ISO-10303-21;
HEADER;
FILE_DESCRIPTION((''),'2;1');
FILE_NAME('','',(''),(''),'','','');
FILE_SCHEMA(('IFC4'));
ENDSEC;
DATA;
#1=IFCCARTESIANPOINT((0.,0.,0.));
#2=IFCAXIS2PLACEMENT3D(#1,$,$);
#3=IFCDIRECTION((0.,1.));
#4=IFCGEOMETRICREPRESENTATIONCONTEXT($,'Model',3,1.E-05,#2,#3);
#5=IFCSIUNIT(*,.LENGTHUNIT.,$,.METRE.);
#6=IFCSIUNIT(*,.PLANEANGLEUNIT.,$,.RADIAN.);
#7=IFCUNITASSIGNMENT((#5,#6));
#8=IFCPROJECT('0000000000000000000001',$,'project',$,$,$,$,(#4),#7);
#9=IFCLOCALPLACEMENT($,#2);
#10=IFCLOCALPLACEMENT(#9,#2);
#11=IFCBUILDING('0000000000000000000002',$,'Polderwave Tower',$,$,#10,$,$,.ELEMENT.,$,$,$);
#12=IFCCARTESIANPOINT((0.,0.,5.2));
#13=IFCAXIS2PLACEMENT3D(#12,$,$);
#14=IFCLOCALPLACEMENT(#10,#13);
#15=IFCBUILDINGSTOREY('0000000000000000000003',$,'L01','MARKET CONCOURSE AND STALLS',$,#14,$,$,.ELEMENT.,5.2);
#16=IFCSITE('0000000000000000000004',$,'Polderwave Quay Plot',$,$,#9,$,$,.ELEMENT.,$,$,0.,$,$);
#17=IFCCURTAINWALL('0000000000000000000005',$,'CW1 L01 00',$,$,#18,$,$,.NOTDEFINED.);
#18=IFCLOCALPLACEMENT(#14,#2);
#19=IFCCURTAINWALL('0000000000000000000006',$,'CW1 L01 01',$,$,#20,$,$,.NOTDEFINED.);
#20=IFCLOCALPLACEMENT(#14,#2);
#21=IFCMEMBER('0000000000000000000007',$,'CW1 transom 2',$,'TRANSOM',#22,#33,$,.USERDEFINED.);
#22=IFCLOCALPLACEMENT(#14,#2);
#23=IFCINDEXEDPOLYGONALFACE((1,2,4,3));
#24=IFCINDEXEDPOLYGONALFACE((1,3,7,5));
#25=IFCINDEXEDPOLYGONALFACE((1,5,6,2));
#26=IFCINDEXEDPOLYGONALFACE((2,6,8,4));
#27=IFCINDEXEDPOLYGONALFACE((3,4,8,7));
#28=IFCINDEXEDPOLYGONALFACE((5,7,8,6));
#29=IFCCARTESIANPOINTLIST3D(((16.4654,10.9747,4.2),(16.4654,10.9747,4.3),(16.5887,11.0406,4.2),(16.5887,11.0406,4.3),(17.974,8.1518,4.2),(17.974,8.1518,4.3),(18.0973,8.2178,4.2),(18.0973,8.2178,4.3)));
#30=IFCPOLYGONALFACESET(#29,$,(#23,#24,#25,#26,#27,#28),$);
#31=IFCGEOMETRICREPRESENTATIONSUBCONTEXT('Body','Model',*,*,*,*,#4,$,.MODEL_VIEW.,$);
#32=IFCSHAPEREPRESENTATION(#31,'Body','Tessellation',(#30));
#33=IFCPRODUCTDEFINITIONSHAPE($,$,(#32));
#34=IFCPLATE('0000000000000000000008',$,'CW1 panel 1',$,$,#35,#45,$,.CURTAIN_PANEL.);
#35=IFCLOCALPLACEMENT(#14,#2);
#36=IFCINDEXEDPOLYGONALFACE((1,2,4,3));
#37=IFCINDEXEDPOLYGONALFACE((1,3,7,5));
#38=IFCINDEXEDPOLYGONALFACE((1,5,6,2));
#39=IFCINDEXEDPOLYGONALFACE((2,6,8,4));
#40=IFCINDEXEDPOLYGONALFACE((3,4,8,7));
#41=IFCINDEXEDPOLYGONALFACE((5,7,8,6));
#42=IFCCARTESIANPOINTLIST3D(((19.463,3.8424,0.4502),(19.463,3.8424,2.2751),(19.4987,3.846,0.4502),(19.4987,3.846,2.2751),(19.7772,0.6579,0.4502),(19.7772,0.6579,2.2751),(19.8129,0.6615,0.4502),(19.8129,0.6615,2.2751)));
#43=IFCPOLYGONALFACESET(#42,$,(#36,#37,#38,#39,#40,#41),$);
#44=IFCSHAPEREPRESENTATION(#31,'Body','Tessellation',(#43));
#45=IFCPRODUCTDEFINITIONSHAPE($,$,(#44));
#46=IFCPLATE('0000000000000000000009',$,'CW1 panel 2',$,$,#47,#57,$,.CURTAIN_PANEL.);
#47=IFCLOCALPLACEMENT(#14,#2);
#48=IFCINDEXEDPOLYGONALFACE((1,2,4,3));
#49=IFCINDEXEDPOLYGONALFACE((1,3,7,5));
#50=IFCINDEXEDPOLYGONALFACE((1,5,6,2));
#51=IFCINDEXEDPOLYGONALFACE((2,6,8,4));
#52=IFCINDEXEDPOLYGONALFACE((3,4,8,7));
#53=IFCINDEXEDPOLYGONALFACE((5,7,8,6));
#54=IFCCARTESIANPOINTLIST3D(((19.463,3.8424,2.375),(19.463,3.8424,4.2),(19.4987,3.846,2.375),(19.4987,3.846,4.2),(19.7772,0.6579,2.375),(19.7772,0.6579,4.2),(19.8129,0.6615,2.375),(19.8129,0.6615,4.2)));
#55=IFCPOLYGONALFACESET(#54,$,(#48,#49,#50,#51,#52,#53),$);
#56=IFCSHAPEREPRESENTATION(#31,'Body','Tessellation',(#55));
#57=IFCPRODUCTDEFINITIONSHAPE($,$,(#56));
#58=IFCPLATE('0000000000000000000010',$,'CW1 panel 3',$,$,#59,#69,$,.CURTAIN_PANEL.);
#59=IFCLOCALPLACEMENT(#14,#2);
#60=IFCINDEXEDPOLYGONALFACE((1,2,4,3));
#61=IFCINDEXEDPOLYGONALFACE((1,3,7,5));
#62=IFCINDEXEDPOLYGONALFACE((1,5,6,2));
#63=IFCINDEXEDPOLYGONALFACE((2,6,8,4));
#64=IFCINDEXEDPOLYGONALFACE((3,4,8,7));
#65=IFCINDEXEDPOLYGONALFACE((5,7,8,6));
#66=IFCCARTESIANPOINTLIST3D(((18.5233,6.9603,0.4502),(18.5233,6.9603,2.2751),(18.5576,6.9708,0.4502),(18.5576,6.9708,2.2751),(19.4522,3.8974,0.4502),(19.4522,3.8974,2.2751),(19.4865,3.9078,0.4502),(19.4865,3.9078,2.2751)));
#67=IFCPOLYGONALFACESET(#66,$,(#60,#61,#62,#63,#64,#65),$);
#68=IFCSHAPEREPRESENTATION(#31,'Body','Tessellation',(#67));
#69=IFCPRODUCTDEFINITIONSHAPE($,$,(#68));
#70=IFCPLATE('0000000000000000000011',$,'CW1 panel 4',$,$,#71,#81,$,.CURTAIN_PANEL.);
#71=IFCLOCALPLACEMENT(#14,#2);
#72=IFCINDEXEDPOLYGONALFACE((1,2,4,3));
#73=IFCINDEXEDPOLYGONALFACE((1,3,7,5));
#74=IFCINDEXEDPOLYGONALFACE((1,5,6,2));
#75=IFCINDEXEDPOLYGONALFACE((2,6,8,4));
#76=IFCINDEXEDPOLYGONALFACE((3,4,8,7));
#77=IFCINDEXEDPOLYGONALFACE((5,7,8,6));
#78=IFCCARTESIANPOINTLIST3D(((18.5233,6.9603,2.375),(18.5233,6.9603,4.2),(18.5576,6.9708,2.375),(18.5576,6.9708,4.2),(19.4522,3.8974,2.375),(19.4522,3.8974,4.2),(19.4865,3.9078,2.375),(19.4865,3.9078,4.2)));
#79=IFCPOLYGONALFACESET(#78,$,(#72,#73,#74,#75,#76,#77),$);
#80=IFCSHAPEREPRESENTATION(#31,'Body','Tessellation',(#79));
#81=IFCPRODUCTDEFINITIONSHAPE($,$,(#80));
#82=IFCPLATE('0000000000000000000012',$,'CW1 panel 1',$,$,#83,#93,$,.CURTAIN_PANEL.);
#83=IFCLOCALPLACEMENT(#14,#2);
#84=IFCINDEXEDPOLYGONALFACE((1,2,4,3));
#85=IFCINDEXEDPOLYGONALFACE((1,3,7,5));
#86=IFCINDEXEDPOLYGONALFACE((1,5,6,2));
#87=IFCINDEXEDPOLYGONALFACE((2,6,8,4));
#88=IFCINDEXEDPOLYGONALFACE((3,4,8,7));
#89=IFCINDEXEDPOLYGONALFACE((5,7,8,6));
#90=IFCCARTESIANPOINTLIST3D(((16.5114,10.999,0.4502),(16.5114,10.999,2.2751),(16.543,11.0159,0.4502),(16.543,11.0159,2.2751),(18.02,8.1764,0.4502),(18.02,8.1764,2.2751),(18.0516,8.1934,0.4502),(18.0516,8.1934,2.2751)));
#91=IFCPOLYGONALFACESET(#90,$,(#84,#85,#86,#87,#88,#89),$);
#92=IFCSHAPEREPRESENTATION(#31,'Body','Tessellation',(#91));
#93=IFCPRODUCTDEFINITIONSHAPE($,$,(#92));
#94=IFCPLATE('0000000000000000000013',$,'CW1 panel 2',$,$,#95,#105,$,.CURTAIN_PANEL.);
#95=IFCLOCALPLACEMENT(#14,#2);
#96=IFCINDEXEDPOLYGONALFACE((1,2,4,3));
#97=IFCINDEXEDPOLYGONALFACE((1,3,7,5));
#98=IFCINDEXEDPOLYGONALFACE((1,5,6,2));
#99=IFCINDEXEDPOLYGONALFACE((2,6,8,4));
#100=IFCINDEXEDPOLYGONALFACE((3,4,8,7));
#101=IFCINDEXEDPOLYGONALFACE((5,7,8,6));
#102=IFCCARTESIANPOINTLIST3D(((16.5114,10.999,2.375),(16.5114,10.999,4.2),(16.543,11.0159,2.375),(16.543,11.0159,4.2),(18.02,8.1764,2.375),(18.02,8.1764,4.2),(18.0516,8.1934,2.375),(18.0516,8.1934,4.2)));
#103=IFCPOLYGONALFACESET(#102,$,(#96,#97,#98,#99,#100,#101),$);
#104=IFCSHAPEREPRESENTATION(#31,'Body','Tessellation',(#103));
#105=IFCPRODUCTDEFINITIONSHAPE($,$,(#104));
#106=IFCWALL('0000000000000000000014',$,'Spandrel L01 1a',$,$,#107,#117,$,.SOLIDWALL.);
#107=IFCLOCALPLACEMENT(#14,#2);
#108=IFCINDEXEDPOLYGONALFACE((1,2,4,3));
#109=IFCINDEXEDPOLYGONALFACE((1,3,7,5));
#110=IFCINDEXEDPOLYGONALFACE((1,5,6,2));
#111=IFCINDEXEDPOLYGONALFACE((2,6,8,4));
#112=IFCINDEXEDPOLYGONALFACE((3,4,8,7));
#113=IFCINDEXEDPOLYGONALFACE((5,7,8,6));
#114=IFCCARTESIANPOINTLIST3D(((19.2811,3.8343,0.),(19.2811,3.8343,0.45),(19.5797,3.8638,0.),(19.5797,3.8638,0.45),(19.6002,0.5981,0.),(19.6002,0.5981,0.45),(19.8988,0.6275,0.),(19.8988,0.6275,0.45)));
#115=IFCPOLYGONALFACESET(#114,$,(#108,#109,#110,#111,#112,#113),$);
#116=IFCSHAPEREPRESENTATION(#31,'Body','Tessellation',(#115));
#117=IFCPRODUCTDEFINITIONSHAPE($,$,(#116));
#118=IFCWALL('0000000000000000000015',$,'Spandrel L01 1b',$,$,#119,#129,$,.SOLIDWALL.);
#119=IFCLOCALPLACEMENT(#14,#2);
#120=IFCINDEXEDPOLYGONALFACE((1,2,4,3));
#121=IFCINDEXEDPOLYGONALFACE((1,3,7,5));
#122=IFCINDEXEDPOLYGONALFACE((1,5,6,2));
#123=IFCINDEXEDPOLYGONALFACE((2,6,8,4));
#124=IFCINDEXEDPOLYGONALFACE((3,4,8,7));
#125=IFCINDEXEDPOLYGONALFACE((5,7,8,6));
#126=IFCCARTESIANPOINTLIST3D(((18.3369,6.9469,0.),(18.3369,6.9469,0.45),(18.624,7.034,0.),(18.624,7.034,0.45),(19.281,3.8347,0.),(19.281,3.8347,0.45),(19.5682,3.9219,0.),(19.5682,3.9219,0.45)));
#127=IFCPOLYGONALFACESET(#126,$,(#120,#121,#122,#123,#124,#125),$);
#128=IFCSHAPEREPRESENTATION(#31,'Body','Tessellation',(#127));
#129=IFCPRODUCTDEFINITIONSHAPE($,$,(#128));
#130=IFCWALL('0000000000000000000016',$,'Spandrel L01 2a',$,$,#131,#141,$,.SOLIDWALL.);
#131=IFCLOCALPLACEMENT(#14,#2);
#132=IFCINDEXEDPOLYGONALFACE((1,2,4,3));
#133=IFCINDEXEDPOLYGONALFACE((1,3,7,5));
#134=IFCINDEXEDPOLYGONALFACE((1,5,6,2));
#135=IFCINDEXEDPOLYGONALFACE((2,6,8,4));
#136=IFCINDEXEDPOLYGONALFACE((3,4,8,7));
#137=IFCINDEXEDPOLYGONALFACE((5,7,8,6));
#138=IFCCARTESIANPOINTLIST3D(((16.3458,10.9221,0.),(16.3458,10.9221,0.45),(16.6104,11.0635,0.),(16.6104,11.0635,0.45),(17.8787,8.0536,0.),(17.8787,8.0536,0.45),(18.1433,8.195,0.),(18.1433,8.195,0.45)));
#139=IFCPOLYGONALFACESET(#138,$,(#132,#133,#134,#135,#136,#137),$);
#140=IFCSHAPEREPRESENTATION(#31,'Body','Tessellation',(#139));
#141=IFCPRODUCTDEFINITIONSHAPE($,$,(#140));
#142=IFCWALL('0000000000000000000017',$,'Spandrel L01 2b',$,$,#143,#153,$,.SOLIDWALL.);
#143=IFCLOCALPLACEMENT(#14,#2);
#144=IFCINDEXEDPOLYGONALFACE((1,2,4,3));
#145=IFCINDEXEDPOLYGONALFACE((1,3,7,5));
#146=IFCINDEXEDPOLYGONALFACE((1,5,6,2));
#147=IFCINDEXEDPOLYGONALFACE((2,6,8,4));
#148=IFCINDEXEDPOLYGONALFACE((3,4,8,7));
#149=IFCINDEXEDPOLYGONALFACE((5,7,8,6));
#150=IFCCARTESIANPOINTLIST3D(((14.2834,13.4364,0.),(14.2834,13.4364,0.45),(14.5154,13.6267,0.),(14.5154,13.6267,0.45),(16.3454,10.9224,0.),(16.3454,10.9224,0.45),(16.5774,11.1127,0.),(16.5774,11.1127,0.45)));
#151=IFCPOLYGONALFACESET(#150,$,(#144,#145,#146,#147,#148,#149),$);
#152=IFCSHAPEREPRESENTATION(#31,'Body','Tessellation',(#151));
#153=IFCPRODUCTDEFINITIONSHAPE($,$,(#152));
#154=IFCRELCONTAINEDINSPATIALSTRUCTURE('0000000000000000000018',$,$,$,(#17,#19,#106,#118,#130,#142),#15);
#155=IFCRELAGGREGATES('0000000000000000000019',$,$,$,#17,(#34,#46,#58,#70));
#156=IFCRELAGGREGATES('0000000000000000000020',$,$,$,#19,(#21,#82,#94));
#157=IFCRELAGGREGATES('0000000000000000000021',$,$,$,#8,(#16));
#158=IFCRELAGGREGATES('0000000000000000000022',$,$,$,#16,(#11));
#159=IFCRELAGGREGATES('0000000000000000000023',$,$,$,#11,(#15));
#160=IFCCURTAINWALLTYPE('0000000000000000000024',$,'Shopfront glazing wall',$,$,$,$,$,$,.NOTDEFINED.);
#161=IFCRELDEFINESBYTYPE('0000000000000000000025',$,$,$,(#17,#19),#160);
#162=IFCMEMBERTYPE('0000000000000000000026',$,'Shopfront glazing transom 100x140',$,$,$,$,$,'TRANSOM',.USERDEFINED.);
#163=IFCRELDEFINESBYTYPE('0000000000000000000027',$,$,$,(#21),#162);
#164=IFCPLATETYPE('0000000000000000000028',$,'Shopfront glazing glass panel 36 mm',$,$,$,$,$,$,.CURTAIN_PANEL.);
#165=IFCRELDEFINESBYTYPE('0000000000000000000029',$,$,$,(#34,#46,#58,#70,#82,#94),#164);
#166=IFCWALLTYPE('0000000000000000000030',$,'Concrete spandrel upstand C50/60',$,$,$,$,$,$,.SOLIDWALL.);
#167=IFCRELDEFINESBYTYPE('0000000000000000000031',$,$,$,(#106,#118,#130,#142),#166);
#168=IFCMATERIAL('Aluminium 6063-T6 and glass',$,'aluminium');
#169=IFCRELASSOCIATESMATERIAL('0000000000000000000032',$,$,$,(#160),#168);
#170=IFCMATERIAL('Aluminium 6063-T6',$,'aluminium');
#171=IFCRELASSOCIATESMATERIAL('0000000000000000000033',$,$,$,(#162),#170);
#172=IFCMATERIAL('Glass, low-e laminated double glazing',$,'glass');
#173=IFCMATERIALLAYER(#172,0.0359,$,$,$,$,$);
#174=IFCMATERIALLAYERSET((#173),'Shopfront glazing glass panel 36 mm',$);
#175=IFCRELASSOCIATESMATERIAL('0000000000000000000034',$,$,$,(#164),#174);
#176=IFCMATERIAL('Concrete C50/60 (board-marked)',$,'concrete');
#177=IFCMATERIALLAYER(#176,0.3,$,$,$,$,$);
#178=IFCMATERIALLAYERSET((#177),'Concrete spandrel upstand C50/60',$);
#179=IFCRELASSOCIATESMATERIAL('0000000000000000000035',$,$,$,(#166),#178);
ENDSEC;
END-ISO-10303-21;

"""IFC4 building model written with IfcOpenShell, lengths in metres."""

from ifc_helpers import new_model, si_unit, direction, frame, frame_2d, origin, origin_2d, place, context, subcontext, project, spatial, rectangle, extrude, material, layer, layer_set, material_profile, profile_set, type_object, element, aggregate, save


model = new_model("IFC4")

# Units and contexts
model_context = context("Model", 3, precision=1e-05, world=origin(), true_north=direction((0.0, 1.0)))
body_context = subcontext(model_context, "Body", "Model", "MODEL_VIEW")
ifc_project = project(units=[si_unit("LENGTHUNIT", "METRE"), si_unit("PLANEANGLEUNIT", "RADIAN")], contexts=[model_context])

# Site, building, storey
site_placement = place(None, origin())
site = spatial("IfcSite", under=ifc_project, at=site_placement, Name="Polderwave Quay Plot", CompositionType="ELEMENT", RefElevation=0.0)
building_placement = place(site_placement, origin())
building = spatial("IfcBuilding", under=site, at=building_placement, Name="Polderwave Tower", CompositionType="ELEMENT")
storey_placement = place(building_placement, frame((0.0, 0.0, 5.2)))
storey = spatial("IfcBuildingStorey", under=building, at=storey_placement, Name="L01", Description="MARKET CONCOURSE AND STALLS", CompositionType="ELEMENT", Elevation=5.2)

# Curtain wall
ifc_material_1 = material(Name="Aluminium 6063-T6 and glass", Category="aluminium")
curtain_wall_type = type_object("IfcCurtainWallType", Name="Shopfront glazing wall", PredefinedType="NOTDEFINED", material=ifc_material_1)
curtain_wall_1_placement = place(storey_placement, origin())
curtain_wall_1 = element("IfcCurtainWall", 1, at=curtain_wall_1_placement, inside=storey, type_object=curtain_wall_type, Name="CW1 L01 00", PredefinedType="NOTDEFINED")
ifc_material_2 = material(Name="Aluminium 6063-T6", Category="aluminium")

# Curtain wall
curtain_wall_2_placement = place(storey_placement, origin())
curtain_wall_2 = element("IfcCurtainWall", 2, at=curtain_wall_2_placement, inside=storey, type_object=curtain_wall_type, Name="CW1 L01 01", PredefinedType="NOTDEFINED")

# Member
ifc_material_profile_1 = material_profile(ifc_material_2, rectangle(XDim=0.1399, YDim=0.1001, at=origin_2d()), Name="AL 100x140")
ifc_profile_set_1 = profile_set([ifc_material_profile_1], Name="Aluminium 6063-T6")
member_type_1 = type_object("IfcMemberType", Name="Shopfront glazing transom 100x140", ElementType="TRANSOM", PredefinedType="USERDEFINED", material=ifc_profile_set_1)
member_1_placement = place(storey_placement, frame((18.0356, 8.1848, 4.25), z_axis=(-0.471336, 0.881954, 0.0), x_axis=(-0.881954, -0.471336, 0.0)))
member_1 = element("IfcMember", 3, at=member_1_placement, type_object=member_type_1, Name="CW1 transom 2", ObjectType="TRANSOM", PredefinedType="USERDEFINED", context=body_context, shape_type="SweptSolid", body=[
    extrude(rectangle(XDim=0.1399, YDim=0.1001, at=origin_2d()), origin(), (0.0, 0.0, 1.0), 3.2007),
])

# Plates
ifc_material_3 = material(Name="Glass, low-e laminated double glazing", Category="glass")
ifc_layer_1 = layer(ifc_material_3, 0.0359)
ifc_layer_set_1 = layer_set([ifc_layer_1], Name="Shopfront glazing glass panel 36 mm")
plate_type = type_object("IfcPlateType", Name="Shopfront glazing glass panel 36 mm", PredefinedType="CURTAIN_PANEL", material=ifc_layer_set_1)
plate_1_placement = place(storey_placement, frame((19.6379, 2.252, 0.4502), z_axis=(0.0, 0.0, 1.0), x_axis=(-0.098179, 0.995169, 0.0)))
plate_1 = element("IfcPlate", 4, at=plate_1_placement, type_object=plate_type, Name="CW1 panel 1", PredefinedType="CURTAIN_PANEL", context=body_context, shape_type="SweptSolid", body=[
    extrude(rectangle(XDim=3.2, YDim=0.0359, at=origin_2d()), origin(), (0.0, 0.0, 1.0), 1.825),
])
plate_2_placement = place(storey_placement, frame((19.6379, 2.252, 2.375), z_axis=(0.0, 0.0, 1.0), x_axis=(-0.098179, 0.995169, 0.0)))
plate_2 = element("IfcPlate", 5, at=plate_2_placement, type_object=plate_type, Name="CW1 panel 2", PredefinedType="CURTAIN_PANEL", context=body_context, shape_type="SweptSolid", body=[
    extrude(rectangle(XDim=3.2, YDim=0.0359, at=origin_2d()), origin(), (0.0, 0.0, 1.0), 1.825),
])
plate_3_placement = place(storey_placement, frame((19.0049, 5.4341, 0.4502), z_axis=(0.0, 0.0, 1.0), x_axis=(-0.290218, 0.956961, 0.0)))
plate_3 = element("IfcPlate", 6, at=plate_3_placement, type_object=plate_type, Name="CW1 panel 3", PredefinedType="CURTAIN_PANEL", context=body_context, shape_type="SweptSolid", body=[
    extrude(rectangle(XDim=3.2007, YDim=0.0359, at=origin_2d()), origin(), (0.0, 0.0, 1.0), 1.825),
])
plate_4_placement = place(storey_placement, frame((19.0049, 5.4341, 2.375), z_axis=(0.0, 0.0, 1.0), x_axis=(-0.290218, 0.956961, 0.0)))
plate_4 = element("IfcPlate", 7, at=plate_4_placement, type_object=plate_type, Name="CW1 panel 4", PredefinedType="CURTAIN_PANEL", context=body_context, shape_type="SweptSolid", body=[
    extrude(rectangle(XDim=3.2007, YDim=0.0359, at=origin_2d()), origin(), (0.0, 0.0, 1.0), 1.825),
])
aggregate(curtain_wall_1, [plate_1, plate_2, plate_3, plate_4])
plate_5_placement = place(storey_placement, frame((17.2815, 9.5962, 0.4502), z_axis=(0.0, 0.0, 1.0), x_axis=(-0.471361, 0.88194, 0.0)))
plate_5 = element("IfcPlate", 8, at=plate_5_placement, type_object=plate_type, Name="CW1 panel 1", PredefinedType="CURTAIN_PANEL", context=body_context, shape_type="SweptSolid", body=[
    extrude(rectangle(XDim=3.2004, YDim=0.0359, at=origin_2d()), origin(), (0.0, 0.0, 1.0), 1.825),
])
plate_6_placement = place(storey_placement, frame((17.2815, 9.5962, 2.375), z_axis=(0.0, 0.0, 1.0), x_axis=(-0.471361, 0.88194, 0.0)))
plate_6 = element("IfcPlate", 9, at=plate_6_placement, type_object=plate_type, Name="CW1 panel 2", PredefinedType="CURTAIN_PANEL", context=body_context, shape_type="SweptSolid", body=[
    extrude(rectangle(XDim=3.2004, YDim=0.0359, at=origin_2d()), origin(), (0.0, 0.0, 1.0), 1.825),
])
aggregate(curtain_wall_2, [member_1, plate_5, plate_6])

# Walls
ifc_material_4 = material(Name="Concrete C50/60 (board-marked)", Category="concrete")
ifc_layer_2 = layer(ifc_material_4, 0.3)
ifc_layer_set_2 = layer_set([ifc_layer_2], Name="Concrete spandrel upstand C50/60")
wall_type = type_object("IfcWallType", Name="Concrete spandrel upstand C50/60", PredefinedType="SOLIDWALL", material=ifc_layer_set_2)
wall_1_placement = place(storey_placement, frame((19.7495, 0.6128, 0.0), z_axis=(0.0, 0.0, 1.0), x_axis=(-0.098121, 0.995174, 0.0)))
element("IfcWall", 10, at=wall_1_placement, inside=storey, type_object=wall_type, Name="Spandrel L01 1a", PredefinedType="SOLIDWALL", context=body_context, shape_type="SweptSolid", body=[
    extrude(rectangle(XDim=3.252, YDim=0.3, at=frame_2d((1.626, 0.0))), origin(), (0.0, 0.0, 1.0), 0.45),
])
wall_2_placement = place(storey_placement, frame((19.4246, 3.8784, 0.0), z_axis=(0.0, 0.0, 1.0), x_axis=(-0.290301, 0.956935, 0.0)))
element("IfcWall", 11, at=wall_2_placement, inside=storey, type_object=wall_type, Name="Spandrel L01 1b", PredefinedType="SOLIDWALL", context=body_context, shape_type="SweptSolid", body=[
    extrude(rectangle(XDim=3.2522, YDim=0.3, at=frame_2d((1.626, 0.0))), origin(), (0.0, 0.0, 1.0), 0.45),
])
wall_3_placement = place(storey_placement, frame((18.011, 8.1243, 0.0), z_axis=(0.0, 0.0, 1.0), x_axis=(-0.471309, 0.881968, 0.0)))
element("IfcWall", 12, at=wall_3_placement, inside=storey, type_object=wall_type, Name="Spandrel L01 2a", PredefinedType="SOLIDWALL", context=body_context, shape_type="SweptSolid", body=[
    extrude(rectangle(XDim=3.2524, YDim=0.3, at=frame_2d((1.6262, 0.0))), origin(), (0.0, 0.0, 1.0), 0.45),
])
wall_4_placement = place(storey_placement, frame((16.4614, 11.0176, 0.0), z_axis=(0.0, 0.0, 1.0), x_axis=(-0.63419, 0.773177, 0.0)))
element("IfcWall", 13, at=wall_4_placement, inside=storey, type_object=wall_type, Name="Spandrel L01 2b", PredefinedType="SOLIDWALL", context=body_context, shape_type="SweptSolid", body=[
    extrude(rectangle(XDim=3.2515, YDim=0.3, at=frame_2d((1.6257, 0.0))), origin(), (0.0, 0.0, 1.0), 0.45),
])

save(model, "model.ifc")
